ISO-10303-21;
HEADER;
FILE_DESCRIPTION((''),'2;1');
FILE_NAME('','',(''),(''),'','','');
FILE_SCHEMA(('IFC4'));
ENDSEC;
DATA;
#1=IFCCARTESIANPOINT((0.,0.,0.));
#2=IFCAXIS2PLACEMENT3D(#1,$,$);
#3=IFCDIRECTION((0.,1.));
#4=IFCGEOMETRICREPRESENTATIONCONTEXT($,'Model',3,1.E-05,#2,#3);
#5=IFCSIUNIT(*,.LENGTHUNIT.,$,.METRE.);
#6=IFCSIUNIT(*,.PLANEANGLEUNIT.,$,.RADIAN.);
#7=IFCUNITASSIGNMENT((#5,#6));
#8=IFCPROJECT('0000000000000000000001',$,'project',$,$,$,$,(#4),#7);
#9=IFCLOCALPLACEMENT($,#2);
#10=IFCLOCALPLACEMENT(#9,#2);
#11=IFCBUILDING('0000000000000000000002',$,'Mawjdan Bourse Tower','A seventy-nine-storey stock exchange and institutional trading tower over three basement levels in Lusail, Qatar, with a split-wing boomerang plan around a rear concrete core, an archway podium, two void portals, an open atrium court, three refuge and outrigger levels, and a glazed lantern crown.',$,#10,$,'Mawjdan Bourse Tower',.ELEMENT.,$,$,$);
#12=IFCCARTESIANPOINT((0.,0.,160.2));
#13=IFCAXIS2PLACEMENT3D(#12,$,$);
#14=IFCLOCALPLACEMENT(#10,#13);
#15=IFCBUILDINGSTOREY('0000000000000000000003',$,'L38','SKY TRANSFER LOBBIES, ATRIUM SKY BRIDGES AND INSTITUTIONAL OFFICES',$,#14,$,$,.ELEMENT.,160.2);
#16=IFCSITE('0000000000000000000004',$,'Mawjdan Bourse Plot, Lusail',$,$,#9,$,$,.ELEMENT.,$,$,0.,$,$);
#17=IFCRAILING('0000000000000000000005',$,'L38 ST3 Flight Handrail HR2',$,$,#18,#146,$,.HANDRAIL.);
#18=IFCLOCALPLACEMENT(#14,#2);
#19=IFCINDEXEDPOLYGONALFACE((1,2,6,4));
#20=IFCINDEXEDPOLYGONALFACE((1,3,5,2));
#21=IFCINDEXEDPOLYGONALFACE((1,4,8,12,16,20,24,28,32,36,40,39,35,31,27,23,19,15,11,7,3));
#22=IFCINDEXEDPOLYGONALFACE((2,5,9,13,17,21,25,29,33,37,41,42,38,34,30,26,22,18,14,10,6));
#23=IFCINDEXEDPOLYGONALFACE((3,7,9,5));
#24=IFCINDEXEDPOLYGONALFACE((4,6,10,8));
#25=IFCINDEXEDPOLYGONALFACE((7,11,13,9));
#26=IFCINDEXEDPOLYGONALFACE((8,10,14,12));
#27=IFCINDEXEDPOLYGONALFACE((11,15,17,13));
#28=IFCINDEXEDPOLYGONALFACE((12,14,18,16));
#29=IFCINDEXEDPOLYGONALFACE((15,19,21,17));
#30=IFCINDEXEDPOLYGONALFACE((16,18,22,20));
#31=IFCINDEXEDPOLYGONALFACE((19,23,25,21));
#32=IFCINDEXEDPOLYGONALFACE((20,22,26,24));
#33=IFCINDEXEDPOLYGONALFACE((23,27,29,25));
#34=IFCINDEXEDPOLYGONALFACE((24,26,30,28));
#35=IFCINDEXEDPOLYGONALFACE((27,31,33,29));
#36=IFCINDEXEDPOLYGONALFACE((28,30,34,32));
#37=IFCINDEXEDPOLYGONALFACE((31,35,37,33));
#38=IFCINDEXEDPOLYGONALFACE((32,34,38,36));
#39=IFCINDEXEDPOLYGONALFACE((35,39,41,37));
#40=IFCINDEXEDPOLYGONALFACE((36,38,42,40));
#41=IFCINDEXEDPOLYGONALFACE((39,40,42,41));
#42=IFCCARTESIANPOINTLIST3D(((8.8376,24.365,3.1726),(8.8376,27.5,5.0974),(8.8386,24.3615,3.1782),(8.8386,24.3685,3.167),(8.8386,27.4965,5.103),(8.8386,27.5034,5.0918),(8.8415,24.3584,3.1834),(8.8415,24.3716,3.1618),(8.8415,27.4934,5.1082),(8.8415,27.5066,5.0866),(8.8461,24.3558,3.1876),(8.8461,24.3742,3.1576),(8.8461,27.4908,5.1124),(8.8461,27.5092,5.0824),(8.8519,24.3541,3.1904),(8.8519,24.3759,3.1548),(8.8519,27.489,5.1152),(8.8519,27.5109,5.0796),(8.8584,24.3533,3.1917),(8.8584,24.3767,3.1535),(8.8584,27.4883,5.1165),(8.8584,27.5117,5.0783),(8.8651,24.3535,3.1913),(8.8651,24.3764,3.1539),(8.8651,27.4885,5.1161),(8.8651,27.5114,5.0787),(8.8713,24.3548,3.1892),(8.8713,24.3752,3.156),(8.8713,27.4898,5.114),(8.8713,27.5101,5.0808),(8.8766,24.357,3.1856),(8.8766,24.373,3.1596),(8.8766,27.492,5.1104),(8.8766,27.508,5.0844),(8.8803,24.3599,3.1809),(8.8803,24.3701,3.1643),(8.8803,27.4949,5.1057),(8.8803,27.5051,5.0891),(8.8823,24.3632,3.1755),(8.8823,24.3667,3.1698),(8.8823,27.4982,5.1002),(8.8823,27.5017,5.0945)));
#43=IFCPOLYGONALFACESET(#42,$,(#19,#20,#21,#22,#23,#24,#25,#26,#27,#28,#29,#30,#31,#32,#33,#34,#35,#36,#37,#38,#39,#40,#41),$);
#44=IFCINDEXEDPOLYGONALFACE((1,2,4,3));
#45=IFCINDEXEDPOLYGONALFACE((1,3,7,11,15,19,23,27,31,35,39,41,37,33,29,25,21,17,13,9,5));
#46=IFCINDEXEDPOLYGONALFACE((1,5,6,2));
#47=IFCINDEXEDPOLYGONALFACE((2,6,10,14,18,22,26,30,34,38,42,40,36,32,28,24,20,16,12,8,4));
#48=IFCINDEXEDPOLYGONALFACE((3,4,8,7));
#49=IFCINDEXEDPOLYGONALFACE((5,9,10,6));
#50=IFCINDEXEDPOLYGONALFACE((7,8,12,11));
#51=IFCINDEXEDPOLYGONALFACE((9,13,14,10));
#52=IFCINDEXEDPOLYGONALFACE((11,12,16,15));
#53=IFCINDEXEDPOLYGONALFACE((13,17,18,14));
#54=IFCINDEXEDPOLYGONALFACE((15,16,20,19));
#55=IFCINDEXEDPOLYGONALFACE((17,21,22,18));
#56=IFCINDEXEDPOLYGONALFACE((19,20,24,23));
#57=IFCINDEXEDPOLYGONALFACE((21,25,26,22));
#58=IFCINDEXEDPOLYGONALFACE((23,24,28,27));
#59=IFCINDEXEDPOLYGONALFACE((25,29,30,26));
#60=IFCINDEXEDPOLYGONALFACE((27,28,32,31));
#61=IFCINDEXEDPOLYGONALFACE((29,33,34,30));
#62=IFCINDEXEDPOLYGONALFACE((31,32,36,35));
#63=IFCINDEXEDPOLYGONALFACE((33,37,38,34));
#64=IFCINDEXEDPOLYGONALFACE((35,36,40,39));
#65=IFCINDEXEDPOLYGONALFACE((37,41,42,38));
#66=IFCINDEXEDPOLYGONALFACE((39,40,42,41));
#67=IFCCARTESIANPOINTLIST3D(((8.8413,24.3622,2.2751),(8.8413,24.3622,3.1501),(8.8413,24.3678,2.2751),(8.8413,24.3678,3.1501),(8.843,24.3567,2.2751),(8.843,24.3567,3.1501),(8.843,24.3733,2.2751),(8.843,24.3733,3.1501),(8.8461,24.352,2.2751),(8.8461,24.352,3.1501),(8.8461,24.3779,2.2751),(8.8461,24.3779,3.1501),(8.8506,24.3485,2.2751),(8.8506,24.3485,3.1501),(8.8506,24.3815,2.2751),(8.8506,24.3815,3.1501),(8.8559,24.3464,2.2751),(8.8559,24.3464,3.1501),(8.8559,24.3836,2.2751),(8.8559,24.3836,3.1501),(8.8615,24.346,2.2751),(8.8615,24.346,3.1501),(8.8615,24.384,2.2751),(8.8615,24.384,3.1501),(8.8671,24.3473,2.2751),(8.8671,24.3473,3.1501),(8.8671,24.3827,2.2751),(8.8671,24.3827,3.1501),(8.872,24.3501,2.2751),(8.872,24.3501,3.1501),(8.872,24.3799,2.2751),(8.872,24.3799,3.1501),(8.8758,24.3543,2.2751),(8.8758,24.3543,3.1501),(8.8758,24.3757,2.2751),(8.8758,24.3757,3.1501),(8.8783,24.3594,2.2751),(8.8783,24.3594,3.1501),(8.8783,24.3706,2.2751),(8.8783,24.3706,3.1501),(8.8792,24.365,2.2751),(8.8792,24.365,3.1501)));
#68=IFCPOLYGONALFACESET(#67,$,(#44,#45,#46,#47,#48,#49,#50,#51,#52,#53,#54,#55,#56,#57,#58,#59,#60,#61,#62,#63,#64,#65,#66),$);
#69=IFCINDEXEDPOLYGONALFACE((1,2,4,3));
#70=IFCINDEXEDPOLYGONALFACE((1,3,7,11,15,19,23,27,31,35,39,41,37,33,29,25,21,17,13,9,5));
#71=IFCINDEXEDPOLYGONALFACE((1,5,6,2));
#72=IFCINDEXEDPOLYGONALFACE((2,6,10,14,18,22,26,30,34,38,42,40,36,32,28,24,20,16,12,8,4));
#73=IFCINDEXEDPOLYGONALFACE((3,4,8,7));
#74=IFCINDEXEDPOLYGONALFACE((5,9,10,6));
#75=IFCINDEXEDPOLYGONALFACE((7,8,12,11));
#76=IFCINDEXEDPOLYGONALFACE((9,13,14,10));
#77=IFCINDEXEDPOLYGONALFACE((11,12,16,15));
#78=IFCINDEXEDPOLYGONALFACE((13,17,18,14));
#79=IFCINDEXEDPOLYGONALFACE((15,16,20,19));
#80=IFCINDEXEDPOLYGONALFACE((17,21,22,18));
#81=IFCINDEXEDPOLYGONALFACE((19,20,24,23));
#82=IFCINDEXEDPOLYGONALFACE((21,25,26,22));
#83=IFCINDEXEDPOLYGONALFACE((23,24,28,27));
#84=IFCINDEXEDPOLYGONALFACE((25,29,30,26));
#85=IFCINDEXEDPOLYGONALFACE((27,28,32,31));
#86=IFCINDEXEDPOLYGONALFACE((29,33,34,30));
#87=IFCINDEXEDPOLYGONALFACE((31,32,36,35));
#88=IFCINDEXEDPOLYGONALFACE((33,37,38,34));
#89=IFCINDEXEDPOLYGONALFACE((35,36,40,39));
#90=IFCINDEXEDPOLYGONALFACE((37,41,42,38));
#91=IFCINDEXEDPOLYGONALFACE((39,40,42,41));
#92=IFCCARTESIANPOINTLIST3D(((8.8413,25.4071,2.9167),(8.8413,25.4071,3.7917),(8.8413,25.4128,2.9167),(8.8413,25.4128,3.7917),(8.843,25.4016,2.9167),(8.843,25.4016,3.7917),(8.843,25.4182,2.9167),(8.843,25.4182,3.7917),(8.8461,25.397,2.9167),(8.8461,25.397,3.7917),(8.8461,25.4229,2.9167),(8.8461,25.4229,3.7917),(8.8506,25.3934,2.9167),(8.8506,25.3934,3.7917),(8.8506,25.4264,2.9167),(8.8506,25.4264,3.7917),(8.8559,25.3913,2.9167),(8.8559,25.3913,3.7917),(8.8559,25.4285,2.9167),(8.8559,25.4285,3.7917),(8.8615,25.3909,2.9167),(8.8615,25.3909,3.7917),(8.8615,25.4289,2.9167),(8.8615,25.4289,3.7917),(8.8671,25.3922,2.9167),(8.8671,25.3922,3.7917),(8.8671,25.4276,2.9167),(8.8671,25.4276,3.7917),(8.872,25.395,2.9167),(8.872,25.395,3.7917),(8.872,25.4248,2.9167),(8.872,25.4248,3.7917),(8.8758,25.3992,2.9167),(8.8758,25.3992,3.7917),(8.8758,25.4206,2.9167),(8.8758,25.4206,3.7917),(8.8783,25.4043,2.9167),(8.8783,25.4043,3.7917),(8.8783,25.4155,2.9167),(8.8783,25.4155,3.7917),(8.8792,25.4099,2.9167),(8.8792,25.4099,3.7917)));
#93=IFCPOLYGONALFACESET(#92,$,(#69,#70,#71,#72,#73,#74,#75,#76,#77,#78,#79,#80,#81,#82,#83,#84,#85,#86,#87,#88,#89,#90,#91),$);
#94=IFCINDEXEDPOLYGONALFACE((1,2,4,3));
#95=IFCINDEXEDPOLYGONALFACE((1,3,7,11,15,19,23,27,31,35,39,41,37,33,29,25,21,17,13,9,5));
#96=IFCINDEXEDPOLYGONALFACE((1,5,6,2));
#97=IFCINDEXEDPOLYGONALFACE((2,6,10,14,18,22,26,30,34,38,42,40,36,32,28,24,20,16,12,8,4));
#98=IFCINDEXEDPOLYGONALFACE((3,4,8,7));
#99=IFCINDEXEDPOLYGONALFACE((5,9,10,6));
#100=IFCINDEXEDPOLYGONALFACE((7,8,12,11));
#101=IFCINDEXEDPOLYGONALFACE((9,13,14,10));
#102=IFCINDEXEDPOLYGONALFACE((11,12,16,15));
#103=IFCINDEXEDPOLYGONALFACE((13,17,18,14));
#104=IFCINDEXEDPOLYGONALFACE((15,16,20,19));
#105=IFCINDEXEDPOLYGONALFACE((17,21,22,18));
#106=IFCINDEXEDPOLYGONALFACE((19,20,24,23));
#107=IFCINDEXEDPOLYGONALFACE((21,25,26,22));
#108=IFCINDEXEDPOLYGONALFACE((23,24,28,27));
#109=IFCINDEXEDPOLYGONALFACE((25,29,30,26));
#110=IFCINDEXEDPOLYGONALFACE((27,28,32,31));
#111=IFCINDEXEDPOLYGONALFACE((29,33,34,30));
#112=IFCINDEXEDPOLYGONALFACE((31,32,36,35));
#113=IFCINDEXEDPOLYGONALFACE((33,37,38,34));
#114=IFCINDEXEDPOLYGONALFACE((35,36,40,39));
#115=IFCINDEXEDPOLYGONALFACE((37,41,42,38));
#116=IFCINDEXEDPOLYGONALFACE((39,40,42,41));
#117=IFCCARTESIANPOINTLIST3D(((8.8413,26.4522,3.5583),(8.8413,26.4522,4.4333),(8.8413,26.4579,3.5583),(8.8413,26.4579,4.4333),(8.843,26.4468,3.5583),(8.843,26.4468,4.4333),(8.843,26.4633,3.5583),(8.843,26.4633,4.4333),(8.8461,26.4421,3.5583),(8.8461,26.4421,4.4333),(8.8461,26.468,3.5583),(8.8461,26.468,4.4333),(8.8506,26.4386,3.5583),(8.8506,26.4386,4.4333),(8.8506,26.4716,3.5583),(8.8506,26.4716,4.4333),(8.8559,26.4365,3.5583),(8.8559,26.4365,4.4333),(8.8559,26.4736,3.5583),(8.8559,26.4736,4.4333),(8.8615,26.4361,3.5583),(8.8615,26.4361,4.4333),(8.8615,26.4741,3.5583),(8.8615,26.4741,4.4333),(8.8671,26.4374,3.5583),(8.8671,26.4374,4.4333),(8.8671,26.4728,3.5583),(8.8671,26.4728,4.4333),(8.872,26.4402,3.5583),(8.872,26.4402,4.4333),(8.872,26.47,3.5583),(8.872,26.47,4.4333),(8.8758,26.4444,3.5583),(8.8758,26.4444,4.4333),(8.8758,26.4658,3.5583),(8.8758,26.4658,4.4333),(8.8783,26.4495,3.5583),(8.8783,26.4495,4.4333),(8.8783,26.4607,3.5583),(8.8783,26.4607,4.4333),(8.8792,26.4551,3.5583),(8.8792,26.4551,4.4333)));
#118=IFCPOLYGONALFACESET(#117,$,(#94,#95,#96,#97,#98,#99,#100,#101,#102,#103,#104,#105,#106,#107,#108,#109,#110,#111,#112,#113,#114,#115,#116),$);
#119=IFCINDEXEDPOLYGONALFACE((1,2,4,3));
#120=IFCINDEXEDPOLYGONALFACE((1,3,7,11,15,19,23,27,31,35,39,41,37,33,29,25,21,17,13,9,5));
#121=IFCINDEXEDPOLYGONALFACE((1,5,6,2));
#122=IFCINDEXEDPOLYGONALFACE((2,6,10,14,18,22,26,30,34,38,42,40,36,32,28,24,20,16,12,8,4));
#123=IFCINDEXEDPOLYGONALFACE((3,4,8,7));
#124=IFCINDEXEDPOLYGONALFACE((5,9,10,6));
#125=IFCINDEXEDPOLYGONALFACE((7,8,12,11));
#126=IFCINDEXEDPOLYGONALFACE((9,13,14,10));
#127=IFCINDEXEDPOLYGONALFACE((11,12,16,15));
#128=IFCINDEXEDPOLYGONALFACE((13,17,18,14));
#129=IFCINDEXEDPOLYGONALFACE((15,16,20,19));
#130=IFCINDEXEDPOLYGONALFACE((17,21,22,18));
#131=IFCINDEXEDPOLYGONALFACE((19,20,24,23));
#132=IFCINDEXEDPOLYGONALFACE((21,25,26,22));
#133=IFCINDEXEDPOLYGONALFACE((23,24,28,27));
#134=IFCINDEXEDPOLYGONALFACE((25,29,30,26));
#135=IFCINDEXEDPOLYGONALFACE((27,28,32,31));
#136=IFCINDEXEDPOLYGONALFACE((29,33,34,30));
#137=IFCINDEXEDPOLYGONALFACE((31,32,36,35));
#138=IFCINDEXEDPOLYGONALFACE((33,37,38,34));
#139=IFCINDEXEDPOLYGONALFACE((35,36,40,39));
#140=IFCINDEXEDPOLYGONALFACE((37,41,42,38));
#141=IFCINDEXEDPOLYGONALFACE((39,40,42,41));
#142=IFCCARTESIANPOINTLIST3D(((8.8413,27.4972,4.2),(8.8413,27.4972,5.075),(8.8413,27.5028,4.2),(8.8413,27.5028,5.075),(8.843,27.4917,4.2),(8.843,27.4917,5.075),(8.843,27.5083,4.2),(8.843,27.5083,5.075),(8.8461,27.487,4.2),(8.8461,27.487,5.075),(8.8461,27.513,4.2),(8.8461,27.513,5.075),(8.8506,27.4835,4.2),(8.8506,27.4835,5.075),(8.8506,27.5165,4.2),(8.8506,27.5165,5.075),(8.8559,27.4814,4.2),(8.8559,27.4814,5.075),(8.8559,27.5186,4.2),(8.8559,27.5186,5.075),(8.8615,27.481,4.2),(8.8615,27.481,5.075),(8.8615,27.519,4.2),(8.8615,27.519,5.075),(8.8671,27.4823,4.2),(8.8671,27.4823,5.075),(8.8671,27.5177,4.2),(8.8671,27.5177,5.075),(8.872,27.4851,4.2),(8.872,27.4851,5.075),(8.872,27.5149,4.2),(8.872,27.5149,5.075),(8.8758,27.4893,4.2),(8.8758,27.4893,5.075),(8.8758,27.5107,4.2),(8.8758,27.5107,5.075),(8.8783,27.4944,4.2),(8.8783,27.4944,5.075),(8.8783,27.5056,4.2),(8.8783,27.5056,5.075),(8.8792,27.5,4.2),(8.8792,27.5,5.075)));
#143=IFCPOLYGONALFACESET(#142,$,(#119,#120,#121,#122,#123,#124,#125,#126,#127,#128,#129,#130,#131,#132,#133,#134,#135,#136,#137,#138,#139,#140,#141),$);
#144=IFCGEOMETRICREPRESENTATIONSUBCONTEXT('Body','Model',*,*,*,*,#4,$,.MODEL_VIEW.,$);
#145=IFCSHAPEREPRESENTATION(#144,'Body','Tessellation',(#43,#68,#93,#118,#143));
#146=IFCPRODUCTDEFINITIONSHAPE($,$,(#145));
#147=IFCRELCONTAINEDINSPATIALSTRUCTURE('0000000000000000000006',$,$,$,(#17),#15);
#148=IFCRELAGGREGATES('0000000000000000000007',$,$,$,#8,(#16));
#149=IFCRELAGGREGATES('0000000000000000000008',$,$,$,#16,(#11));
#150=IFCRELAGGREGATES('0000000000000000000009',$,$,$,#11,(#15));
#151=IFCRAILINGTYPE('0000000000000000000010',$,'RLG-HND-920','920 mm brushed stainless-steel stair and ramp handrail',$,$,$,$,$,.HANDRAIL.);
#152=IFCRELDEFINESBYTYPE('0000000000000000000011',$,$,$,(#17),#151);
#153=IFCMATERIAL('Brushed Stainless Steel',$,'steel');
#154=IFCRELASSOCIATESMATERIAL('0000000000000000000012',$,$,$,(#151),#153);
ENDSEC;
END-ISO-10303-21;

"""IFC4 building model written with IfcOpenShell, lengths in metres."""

from ifc_helpers import new_model, si_unit, direction, frame, origin, origin_2d, place, context, subcontext, project, spatial, circle, extrude, material, type_object, element, save


model = new_model("IFC4")

# Units and contexts
model_context = context("Model", 3, precision=1e-05, world=origin(), true_north=direction((0.0, 1.0)))
body_context = subcontext(model_context, "Body", "Model", "MODEL_VIEW")
ifc_project = project(units=[si_unit("LENGTHUNIT", "METRE"), si_unit("PLANEANGLEUNIT", "RADIAN")], contexts=[model_context])

# Site, building, storey
site_placement = place(None, origin())
site = spatial("IfcSite", under=ifc_project, at=site_placement, Name="Mawjdan Bourse Plot, Lusail", CompositionType="ELEMENT", RefElevation=0.0)
building_placement = place(site_placement, origin())
building = spatial("IfcBuilding", under=site, at=building_placement, Name="Mawjdan Bourse Tower", Description="A seventy-nine-storey stock exchange and institutional trading tower over three basement levels in Lusail, Qatar, with a split-wing boomerang plan around a rear concrete core, an archway podium, two void portals, an open atrium court, three refuge and outrigger levels, and a glazed lantern crown.", LongName="Mawjdan Bourse Tower", CompositionType="ELEMENT")
storey_placement = place(building_placement, frame((0.0, 0.0, 160.2)))
storey = spatial("IfcBuildingStorey", under=building, at=storey_placement, Name="L38", Description="SKY TRANSFER LOBBIES, ATRIUM SKY BRIDGES AND INSTITUTIONAL OFFICES", CompositionType="ELEMENT", Elevation=160.2)

# Railing
ifc_material_1 = material(Name="Brushed Stainless Steel", Category="steel")
railing_type_1 = type_object("IfcRailingType", Name="RLG-HND-920", Description="920 mm brushed stainless-steel stair and ramp handrail", PredefinedType="HANDRAIL", material=ifc_material_1)
railing_1_placement = place(storey_placement, frame((8.8601, 24.365, 2.2751)))
element("IfcRailing", 1, at=railing_1_placement, inside=storey, type_object=railing_type_1, Name="L38 ST3 Flight Handrail HR2", PredefinedType="HANDRAIL", context=body_context, shape_type="SweptSolid", body=[
    extrude(circle(Radius=0.0225, at=origin_2d()), frame((0.0, 0.0, 0.8975), z_axis=(0.0, 0.852196, 0.523223), x_axis=(-1.0, 0.0, 0.0)), (0.0, 0.0, 1.0), 3.6787),
    extrude(circle(Radius=0.019, at=origin_2d()), origin(), (0.0, 0.0, 1.0), 0.875),
    extrude(circle(Radius=0.019, at=origin_2d()), frame((0.0, 1.0449, 0.6416)), (0.0, 0.0, 1.0), 0.875),
    extrude(circle(Radius=0.019, at=origin_2d()), frame((0.0, 2.0901, 1.2832)), (0.0, 0.0, 1.0), 0.875),
    extrude(circle(Radius=0.019, at=origin_2d()), frame((0.0, 3.135, 1.9248)), (0.0, 0.0, 1.0), 0.875),
])

save(model, "model.ifc")
